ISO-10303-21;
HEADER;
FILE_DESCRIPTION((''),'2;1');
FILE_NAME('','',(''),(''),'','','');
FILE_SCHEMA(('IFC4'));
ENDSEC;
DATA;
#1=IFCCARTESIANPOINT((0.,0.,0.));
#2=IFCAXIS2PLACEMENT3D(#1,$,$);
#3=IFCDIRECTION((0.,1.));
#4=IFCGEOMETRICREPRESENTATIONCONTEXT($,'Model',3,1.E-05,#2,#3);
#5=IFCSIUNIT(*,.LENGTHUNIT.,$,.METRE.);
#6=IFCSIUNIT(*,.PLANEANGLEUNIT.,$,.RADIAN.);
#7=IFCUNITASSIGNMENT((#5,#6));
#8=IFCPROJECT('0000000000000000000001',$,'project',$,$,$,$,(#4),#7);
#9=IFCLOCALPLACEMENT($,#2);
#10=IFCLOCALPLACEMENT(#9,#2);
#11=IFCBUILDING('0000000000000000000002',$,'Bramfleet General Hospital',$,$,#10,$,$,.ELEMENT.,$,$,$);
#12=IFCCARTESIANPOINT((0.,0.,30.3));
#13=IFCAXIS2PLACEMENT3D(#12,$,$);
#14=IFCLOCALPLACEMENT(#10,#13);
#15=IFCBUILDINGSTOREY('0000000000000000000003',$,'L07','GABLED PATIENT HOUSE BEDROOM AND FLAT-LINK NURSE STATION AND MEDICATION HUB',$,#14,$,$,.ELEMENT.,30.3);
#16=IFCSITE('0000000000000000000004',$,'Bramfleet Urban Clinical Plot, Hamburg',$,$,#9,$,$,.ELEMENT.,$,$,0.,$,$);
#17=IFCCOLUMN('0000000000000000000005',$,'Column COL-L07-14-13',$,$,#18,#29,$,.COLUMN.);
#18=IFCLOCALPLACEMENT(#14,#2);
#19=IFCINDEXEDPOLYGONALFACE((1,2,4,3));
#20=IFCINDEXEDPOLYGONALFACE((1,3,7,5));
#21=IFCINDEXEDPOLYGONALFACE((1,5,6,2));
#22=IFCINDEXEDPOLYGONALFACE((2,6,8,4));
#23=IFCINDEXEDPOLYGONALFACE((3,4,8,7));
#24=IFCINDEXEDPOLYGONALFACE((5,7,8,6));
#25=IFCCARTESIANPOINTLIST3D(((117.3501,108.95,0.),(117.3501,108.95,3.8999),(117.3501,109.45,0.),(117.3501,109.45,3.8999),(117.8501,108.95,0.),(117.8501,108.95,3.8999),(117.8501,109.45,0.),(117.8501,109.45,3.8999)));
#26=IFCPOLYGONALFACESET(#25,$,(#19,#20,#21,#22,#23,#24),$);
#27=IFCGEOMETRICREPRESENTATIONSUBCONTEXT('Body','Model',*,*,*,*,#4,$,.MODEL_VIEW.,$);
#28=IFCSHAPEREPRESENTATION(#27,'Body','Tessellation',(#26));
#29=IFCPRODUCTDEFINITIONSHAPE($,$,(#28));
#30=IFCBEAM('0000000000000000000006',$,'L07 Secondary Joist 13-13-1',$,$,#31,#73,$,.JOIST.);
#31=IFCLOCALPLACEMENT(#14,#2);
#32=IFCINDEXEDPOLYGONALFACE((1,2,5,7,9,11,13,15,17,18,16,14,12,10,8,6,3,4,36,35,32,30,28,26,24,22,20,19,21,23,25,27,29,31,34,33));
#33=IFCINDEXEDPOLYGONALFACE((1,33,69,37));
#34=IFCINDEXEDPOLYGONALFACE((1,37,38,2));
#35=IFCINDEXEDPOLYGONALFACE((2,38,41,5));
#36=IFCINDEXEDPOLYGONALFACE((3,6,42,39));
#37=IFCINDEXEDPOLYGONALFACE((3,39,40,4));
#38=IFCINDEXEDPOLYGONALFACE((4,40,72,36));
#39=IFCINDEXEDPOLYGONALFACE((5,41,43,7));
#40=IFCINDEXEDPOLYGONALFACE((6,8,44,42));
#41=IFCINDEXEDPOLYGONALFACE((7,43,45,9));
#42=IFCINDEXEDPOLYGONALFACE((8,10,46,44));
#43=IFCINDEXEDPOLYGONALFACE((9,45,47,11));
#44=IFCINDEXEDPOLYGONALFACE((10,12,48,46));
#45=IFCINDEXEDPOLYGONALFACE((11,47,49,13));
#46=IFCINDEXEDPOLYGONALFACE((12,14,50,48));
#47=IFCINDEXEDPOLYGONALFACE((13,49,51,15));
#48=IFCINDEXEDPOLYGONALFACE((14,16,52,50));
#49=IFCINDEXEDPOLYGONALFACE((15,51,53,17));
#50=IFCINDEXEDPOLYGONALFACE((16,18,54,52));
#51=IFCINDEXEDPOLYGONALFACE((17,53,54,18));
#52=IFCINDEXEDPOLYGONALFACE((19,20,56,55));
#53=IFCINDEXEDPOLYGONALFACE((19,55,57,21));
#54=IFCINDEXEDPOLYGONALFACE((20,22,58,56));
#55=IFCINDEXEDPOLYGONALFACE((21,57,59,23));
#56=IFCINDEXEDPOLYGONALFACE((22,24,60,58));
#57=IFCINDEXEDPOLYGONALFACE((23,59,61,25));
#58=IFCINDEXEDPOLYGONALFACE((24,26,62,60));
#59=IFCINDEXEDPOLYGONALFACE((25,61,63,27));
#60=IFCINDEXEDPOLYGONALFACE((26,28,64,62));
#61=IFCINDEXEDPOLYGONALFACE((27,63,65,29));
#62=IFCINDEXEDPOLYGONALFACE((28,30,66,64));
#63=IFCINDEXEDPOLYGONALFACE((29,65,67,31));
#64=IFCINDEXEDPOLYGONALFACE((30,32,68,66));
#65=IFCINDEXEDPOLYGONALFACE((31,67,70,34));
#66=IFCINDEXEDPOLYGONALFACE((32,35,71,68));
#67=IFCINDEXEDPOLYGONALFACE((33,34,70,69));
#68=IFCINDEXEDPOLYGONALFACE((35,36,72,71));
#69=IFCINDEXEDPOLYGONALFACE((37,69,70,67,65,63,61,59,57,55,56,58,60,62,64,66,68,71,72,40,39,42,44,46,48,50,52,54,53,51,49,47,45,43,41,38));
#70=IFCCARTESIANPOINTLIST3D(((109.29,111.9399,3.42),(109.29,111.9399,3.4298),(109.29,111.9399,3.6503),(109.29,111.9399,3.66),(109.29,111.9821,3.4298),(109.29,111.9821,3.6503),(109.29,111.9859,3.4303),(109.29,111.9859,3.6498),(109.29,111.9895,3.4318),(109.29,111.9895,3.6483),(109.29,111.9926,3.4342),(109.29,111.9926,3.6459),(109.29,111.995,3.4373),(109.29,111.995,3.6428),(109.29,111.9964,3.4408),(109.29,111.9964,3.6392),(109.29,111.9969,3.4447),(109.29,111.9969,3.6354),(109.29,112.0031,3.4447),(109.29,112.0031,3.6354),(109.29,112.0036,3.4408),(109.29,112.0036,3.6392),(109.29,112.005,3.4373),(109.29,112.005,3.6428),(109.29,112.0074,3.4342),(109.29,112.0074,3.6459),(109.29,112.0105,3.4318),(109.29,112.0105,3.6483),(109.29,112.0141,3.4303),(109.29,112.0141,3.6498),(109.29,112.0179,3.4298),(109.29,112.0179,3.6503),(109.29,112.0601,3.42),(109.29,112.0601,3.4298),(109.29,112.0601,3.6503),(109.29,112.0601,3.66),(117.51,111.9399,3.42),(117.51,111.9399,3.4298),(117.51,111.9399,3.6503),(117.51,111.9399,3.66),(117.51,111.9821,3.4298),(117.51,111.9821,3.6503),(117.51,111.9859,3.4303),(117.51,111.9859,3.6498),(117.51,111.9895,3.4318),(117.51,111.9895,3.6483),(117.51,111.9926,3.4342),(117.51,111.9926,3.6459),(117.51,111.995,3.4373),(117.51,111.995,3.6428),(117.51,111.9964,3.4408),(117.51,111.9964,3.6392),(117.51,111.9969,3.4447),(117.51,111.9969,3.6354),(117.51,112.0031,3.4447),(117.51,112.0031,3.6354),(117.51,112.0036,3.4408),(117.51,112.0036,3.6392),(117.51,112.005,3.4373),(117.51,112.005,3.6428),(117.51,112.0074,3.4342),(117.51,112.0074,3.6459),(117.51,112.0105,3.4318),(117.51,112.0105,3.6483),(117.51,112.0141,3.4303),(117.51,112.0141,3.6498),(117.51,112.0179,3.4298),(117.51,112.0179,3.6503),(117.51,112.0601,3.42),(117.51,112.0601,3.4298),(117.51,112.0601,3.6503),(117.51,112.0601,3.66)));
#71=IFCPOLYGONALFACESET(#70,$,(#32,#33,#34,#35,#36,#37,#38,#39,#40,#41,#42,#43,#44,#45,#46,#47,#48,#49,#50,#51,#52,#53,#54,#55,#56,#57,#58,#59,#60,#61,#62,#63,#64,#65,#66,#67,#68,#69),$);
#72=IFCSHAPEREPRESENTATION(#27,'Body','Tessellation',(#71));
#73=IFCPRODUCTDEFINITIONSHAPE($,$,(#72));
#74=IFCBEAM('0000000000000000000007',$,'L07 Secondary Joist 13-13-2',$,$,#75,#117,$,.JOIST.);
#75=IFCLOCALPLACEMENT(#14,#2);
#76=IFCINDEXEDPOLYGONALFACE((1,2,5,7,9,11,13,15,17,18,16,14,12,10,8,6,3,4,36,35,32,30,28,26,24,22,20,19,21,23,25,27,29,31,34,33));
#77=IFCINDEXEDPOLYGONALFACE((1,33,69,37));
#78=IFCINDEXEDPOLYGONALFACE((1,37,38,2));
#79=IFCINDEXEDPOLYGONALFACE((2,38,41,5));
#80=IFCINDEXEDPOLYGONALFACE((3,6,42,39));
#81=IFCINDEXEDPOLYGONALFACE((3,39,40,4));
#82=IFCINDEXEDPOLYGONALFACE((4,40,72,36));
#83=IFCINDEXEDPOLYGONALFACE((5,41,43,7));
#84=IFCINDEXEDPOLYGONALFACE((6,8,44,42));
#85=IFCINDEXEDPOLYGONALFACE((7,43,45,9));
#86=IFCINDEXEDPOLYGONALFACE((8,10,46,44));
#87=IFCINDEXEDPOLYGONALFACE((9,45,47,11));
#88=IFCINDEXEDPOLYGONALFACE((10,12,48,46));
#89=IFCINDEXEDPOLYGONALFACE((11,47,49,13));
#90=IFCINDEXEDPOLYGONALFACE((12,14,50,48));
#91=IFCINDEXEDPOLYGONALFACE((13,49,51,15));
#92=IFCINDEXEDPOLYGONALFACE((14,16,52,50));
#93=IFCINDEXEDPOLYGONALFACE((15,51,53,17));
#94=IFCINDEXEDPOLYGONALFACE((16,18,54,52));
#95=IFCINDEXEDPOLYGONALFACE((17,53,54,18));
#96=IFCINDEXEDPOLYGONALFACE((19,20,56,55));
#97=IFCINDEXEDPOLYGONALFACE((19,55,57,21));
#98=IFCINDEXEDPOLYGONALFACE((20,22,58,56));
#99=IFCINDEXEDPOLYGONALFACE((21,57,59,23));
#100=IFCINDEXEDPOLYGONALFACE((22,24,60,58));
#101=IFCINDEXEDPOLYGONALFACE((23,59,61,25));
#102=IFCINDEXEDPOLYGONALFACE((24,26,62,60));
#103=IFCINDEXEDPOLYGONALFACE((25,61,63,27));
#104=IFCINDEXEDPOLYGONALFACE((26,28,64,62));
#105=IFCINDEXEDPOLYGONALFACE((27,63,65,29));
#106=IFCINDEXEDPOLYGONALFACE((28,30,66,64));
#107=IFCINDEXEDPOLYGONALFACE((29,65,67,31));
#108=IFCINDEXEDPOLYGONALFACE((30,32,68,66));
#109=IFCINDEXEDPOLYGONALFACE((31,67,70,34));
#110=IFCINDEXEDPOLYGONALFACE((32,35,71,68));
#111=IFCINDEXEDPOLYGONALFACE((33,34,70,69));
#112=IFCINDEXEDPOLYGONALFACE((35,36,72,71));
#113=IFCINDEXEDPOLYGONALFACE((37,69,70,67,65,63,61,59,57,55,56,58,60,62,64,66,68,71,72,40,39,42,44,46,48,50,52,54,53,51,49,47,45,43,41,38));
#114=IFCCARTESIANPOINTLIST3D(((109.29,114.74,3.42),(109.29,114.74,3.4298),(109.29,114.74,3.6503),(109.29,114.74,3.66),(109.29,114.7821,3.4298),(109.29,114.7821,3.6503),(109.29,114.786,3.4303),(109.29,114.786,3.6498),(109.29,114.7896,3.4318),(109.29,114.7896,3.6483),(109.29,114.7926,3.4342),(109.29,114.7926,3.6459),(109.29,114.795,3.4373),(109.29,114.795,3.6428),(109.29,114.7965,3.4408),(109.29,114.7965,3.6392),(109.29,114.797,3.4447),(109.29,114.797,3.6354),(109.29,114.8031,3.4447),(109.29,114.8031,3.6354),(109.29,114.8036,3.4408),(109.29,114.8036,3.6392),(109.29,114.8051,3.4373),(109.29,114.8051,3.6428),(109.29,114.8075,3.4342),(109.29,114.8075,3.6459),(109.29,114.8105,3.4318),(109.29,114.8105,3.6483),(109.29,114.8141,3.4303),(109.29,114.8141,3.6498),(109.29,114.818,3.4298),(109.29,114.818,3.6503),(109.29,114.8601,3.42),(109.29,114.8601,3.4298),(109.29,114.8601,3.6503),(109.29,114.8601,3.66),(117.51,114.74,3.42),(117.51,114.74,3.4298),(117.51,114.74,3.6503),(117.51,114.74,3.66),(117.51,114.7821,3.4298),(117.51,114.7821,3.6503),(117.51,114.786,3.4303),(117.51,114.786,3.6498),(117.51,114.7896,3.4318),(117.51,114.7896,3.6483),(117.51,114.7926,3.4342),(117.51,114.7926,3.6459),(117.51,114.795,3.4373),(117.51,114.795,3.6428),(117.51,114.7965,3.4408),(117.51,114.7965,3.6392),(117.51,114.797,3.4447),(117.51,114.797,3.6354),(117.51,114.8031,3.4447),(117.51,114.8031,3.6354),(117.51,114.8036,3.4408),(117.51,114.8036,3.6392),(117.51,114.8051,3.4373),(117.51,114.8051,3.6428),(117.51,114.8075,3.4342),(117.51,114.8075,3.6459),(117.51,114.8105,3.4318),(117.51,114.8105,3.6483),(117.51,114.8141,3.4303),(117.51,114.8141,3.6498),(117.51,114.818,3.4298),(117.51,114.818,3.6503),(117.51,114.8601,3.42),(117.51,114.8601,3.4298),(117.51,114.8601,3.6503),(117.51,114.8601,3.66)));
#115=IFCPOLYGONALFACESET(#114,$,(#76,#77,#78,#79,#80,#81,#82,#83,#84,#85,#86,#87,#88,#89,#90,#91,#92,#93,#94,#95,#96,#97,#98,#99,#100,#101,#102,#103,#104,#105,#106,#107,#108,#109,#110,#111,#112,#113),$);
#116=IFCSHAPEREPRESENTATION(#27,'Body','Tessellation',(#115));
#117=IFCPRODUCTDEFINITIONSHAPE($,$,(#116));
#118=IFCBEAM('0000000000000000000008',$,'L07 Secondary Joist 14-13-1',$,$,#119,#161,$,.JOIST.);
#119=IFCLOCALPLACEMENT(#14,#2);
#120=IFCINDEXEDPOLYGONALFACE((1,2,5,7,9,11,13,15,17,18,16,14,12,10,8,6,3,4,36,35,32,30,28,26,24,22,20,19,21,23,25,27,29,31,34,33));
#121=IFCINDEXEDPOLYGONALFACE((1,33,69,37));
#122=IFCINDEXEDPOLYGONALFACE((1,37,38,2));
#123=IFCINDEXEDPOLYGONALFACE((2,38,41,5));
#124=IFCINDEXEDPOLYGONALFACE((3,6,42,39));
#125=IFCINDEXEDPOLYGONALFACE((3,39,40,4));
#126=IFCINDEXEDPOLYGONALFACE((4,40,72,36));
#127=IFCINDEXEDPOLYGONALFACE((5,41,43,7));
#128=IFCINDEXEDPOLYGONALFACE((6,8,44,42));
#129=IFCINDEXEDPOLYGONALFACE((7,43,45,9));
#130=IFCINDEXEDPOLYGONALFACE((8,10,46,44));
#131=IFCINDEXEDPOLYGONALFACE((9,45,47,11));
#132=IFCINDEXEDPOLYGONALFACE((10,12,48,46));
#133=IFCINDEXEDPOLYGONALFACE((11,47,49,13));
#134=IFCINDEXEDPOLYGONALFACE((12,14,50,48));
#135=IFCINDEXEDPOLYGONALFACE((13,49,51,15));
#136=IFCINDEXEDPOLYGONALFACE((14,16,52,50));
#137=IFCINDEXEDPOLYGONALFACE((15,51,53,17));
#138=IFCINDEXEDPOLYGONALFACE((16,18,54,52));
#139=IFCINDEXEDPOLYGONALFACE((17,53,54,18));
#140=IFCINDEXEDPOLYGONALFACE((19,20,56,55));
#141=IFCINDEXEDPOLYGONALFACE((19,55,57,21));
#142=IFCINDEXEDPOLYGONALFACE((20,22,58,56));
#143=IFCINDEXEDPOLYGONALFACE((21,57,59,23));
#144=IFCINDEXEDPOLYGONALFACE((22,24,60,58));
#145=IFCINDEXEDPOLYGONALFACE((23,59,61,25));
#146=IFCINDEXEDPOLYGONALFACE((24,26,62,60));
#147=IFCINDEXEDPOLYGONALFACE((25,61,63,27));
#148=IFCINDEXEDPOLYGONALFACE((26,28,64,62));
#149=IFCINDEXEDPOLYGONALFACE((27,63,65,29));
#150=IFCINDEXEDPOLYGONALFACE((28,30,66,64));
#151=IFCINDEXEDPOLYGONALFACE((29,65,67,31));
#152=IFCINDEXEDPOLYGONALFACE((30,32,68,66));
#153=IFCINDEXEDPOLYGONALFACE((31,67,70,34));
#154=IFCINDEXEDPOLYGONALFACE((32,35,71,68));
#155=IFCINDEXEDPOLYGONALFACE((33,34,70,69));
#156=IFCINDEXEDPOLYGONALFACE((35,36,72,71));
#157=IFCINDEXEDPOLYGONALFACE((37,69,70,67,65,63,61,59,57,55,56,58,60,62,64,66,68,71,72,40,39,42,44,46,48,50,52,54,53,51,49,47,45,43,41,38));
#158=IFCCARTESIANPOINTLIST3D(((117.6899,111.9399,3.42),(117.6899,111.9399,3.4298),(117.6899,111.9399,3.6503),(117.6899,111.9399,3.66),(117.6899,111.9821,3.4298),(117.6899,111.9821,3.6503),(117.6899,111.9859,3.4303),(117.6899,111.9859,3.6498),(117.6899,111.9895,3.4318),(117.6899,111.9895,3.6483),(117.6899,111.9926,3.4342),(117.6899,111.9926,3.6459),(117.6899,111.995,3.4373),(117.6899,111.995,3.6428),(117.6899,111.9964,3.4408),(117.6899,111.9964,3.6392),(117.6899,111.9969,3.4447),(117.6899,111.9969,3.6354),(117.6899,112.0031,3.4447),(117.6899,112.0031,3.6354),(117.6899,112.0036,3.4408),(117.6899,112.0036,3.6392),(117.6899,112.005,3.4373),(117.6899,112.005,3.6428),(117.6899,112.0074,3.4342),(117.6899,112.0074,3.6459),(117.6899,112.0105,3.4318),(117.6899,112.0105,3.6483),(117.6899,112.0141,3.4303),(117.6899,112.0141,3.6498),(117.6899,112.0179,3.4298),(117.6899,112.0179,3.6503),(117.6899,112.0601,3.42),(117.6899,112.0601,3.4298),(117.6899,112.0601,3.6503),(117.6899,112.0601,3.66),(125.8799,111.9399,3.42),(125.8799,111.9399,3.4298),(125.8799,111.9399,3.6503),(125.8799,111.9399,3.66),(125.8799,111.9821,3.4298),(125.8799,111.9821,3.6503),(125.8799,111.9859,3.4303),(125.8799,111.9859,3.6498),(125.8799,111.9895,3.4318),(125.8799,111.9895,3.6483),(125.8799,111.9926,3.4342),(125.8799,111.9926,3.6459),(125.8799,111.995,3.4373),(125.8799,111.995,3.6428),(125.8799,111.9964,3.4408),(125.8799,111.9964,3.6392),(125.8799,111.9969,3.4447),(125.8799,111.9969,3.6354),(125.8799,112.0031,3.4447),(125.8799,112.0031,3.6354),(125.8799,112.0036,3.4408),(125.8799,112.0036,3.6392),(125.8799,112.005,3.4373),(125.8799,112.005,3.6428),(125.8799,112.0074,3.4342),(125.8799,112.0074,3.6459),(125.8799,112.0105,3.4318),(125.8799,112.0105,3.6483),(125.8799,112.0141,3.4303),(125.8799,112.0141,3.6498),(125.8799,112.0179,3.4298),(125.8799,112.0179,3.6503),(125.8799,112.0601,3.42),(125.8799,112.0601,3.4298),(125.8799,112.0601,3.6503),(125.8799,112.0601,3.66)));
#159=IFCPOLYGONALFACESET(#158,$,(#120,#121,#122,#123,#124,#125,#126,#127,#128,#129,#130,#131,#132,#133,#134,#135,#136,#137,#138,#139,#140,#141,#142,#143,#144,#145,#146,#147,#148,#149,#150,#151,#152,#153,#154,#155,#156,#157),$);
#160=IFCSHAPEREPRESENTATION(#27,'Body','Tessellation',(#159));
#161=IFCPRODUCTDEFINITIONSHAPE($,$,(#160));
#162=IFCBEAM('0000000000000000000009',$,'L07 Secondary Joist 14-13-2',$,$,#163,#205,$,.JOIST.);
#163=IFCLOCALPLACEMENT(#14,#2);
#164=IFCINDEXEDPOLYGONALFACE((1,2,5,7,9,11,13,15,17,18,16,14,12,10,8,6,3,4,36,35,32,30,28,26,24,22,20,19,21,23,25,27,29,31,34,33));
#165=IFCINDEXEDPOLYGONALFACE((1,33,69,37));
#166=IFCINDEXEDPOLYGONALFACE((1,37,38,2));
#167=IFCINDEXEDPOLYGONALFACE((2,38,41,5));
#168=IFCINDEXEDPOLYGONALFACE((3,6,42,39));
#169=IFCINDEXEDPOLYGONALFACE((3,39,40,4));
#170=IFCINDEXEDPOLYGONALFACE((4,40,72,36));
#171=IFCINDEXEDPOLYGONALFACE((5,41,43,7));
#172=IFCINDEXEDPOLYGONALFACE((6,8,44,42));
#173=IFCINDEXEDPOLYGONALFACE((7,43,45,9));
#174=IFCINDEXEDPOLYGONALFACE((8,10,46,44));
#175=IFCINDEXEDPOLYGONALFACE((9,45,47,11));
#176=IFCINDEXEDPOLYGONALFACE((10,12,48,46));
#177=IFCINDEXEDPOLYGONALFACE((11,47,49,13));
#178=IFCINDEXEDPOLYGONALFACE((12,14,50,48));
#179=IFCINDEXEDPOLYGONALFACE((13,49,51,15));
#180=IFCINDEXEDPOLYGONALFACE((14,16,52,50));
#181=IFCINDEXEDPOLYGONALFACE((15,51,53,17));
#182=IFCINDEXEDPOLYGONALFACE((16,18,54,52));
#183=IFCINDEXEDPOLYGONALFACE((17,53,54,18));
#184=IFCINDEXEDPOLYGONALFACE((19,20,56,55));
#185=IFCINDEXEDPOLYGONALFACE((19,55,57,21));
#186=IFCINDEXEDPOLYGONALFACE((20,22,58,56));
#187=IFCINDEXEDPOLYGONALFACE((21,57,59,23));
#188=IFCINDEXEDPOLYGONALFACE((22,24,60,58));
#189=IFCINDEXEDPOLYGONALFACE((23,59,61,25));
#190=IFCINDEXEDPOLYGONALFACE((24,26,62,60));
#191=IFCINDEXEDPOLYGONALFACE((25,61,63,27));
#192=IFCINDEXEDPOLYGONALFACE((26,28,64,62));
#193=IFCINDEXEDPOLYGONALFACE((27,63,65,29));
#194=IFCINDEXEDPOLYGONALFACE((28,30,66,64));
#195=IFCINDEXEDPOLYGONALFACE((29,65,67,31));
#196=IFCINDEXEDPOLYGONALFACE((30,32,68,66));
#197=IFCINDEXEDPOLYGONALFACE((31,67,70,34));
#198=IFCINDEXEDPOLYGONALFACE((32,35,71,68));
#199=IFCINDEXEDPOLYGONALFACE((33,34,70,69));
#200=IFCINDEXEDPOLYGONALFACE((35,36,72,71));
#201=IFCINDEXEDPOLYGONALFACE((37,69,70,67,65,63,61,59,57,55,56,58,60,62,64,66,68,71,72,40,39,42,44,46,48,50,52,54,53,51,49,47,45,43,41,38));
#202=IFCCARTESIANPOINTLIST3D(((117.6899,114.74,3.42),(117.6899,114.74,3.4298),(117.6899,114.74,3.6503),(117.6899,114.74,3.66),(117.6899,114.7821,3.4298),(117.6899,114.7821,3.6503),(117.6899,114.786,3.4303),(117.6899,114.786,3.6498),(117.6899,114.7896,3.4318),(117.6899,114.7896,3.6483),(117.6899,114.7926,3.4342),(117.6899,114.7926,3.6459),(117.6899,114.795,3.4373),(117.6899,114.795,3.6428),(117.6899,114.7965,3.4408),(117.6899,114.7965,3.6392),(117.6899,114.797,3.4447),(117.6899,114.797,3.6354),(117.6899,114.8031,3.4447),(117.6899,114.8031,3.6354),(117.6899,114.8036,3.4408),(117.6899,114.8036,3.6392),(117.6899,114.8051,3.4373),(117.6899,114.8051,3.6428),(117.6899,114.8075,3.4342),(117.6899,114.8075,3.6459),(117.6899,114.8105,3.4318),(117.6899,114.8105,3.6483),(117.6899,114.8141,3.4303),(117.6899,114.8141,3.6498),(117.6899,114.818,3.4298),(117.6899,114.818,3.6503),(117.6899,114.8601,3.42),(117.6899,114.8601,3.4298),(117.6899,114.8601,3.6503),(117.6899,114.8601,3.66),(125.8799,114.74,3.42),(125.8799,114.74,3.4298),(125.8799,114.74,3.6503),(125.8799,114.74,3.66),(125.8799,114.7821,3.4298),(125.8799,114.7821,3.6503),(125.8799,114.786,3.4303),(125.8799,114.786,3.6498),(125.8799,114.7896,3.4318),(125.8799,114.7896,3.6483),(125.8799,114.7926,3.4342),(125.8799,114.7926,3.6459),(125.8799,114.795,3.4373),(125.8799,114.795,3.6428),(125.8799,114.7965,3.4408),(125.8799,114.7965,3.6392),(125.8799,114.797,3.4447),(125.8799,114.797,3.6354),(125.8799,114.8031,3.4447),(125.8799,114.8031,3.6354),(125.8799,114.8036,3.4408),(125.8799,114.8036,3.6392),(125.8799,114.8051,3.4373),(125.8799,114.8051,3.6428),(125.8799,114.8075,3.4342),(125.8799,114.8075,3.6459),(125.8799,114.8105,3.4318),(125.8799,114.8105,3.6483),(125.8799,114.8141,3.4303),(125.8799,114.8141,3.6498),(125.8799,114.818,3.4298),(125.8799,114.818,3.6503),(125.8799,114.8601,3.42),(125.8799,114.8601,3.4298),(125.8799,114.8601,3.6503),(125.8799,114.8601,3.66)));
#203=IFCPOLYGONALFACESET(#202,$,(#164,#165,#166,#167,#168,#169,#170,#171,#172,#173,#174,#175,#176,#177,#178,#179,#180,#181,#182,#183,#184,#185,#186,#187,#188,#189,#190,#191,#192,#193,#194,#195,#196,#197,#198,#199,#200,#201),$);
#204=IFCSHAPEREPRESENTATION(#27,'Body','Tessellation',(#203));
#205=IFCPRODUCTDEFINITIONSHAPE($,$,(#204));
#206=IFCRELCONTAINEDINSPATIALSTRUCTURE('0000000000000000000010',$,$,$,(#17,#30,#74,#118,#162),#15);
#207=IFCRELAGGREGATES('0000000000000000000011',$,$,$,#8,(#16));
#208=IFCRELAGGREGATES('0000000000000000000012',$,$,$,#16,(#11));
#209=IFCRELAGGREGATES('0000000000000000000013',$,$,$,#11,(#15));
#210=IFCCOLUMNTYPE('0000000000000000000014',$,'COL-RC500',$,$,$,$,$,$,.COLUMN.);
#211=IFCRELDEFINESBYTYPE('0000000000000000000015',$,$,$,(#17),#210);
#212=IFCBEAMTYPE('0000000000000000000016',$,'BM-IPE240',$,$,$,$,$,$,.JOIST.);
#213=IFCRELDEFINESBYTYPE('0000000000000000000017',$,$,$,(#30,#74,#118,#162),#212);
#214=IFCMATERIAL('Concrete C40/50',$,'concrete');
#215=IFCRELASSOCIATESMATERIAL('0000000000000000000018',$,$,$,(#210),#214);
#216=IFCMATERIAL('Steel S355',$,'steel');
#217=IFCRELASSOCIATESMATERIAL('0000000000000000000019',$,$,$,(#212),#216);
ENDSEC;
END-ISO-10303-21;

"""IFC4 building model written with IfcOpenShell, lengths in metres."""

from ifc_helpers import new_model, si_unit, direction, frame, origin, origin_2d, place, context, subcontext, project, spatial, rectangle, i_section, extrude, material, material_profile, profile_set, type_object, element, save


model = new_model("IFC4")

# Units and contexts
model_context = context("Model", 3, precision=1e-05, world=origin(), true_north=direction((0.0, 1.0)))
body_context = subcontext(model_context, "Body", "Model", "MODEL_VIEW")
ifc_project = project(units=[si_unit("LENGTHUNIT", "METRE"), si_unit("PLANEANGLEUNIT", "RADIAN")], contexts=[model_context])

# Site, building, storey
site_placement = place(None, origin())
site = spatial("IfcSite", under=ifc_project, at=site_placement, Name="Bramfleet Urban Clinical Plot, Hamburg", CompositionType="ELEMENT", RefElevation=0.0)
building_placement = place(site_placement, origin())
building = spatial("IfcBuilding", under=site, at=building_placement, Name="Bramfleet General Hospital", CompositionType="ELEMENT")
storey_placement = place(building_placement, frame((0.0, 0.0, 30.3)))
storey = spatial("IfcBuildingStorey", under=building, at=storey_placement, Name="L07", Description="GABLED PATIENT HOUSE BEDROOM AND FLAT-LINK NURSE STATION AND MEDICATION HUB", CompositionType="ELEMENT", Elevation=30.3)

# Column
ifc_material_1 = material(Name="Concrete C40/50", Category="concrete")
ifc_material_profile_1 = material_profile(ifc_material_1, rectangle(XDim=0.5, YDim=0.5, at=origin_2d()), Name="RC COL 500x500")
ifc_profile_set_1 = profile_set([ifc_material_profile_1], Name="Concrete C40/50")
column_type = type_object("IfcColumnType", Name="COL-RC500", PredefinedType="COLUMN", material=ifc_profile_set_1)
column_placement = place(storey_placement, frame((117.6001, 109.2, 0.0), z_axis=(0.0, 0.0, 1.0), x_axis=(1.0, 0.0, 0.0)))
element("IfcColumn", 1, at=column_placement, inside=storey, type_object=column_type, Name="Column COL-L07-14-13", PredefinedType="COLUMN", context=body_context, shape_type="SweptSolid", body=[
    extrude(rectangle(XDim=0.5, YDim=0.5, at=origin_2d()), origin(), (0.0, 0.0, 1.0), 3.8999),
])

# Beams
ifc_material_2 = material(Name="Steel S355", Category="steel")
ifc_material_profile_2 = material_profile(ifc_material_2, i_section(OverallWidth=0.1201, OverallDepth=0.24, WebThickness=0.0061, FlangeThickness=0.0098, FilletRadius=0.0149, at=origin_2d()), Name="IPE 240")
ifc_profile_set_2 = profile_set([ifc_material_profile_2], Name="Steel S355")
beam_type_1 = type_object("IfcBeamType", Name="BM-IPE240", PredefinedType="JOIST", material=ifc_profile_set_2)
for number, where, z_axis, x_axis, name in (
    (2, (109.29, 112.0, 3.54), (1.0, 0.0, 0.0), (0.0, 1.0, 0.0), "L07 Secondary Joist 13-13-1"),
    (3, (109.29, 114.8, 3.54), (1.0, 0.0, 0.0), (0.0, 1.0, 0.0), "L07 Secondary Joist 13-13-2"),
):
    element("IfcBeam", number, at=place(storey_placement, frame(where, z_axis=z_axis, x_axis=x_axis)), inside=storey, type_object=beam_type_1, Name=name, PredefinedType="JOIST", context=body_context, shape_type="SweptSolid", body=[
        extrude(i_section(OverallWidth=0.1201, OverallDepth=0.24, WebThickness=0.0061, FlangeThickness=0.0098, FilletRadius=0.0149, at=origin_2d()), origin(), (0.0, 0.0, 1.0), 8.22),
    ])
for number, where, z_axis, x_axis, name in (
    (4, (117.6899, 112.0, 3.54), (1.0, 0.0, 0.0), (0.0, 1.0, 0.0), "L07 Secondary Joist 14-13-1"),
    (5, (117.6899, 114.8, 3.54), (1.0, 0.0, 0.0), (0.0, 1.0, 0.0), "L07 Secondary Joist 14-13-2"),
):
    element("IfcBeam", number, at=place(storey_placement, frame(where, z_axis=z_axis, x_axis=x_axis)), inside=storey, type_object=beam_type_1, Name=name, PredefinedType="JOIST", context=body_context, shape_type="SweptSolid", body=[
        extrude(i_section(OverallWidth=0.1201, OverallDepth=0.24, WebThickness=0.0061, FlangeThickness=0.0098, FilletRadius=0.0149, at=origin_2d()), origin(), (0.0, 0.0, 1.0), 8.1899),
    ])

save(model, "model.ifc")
